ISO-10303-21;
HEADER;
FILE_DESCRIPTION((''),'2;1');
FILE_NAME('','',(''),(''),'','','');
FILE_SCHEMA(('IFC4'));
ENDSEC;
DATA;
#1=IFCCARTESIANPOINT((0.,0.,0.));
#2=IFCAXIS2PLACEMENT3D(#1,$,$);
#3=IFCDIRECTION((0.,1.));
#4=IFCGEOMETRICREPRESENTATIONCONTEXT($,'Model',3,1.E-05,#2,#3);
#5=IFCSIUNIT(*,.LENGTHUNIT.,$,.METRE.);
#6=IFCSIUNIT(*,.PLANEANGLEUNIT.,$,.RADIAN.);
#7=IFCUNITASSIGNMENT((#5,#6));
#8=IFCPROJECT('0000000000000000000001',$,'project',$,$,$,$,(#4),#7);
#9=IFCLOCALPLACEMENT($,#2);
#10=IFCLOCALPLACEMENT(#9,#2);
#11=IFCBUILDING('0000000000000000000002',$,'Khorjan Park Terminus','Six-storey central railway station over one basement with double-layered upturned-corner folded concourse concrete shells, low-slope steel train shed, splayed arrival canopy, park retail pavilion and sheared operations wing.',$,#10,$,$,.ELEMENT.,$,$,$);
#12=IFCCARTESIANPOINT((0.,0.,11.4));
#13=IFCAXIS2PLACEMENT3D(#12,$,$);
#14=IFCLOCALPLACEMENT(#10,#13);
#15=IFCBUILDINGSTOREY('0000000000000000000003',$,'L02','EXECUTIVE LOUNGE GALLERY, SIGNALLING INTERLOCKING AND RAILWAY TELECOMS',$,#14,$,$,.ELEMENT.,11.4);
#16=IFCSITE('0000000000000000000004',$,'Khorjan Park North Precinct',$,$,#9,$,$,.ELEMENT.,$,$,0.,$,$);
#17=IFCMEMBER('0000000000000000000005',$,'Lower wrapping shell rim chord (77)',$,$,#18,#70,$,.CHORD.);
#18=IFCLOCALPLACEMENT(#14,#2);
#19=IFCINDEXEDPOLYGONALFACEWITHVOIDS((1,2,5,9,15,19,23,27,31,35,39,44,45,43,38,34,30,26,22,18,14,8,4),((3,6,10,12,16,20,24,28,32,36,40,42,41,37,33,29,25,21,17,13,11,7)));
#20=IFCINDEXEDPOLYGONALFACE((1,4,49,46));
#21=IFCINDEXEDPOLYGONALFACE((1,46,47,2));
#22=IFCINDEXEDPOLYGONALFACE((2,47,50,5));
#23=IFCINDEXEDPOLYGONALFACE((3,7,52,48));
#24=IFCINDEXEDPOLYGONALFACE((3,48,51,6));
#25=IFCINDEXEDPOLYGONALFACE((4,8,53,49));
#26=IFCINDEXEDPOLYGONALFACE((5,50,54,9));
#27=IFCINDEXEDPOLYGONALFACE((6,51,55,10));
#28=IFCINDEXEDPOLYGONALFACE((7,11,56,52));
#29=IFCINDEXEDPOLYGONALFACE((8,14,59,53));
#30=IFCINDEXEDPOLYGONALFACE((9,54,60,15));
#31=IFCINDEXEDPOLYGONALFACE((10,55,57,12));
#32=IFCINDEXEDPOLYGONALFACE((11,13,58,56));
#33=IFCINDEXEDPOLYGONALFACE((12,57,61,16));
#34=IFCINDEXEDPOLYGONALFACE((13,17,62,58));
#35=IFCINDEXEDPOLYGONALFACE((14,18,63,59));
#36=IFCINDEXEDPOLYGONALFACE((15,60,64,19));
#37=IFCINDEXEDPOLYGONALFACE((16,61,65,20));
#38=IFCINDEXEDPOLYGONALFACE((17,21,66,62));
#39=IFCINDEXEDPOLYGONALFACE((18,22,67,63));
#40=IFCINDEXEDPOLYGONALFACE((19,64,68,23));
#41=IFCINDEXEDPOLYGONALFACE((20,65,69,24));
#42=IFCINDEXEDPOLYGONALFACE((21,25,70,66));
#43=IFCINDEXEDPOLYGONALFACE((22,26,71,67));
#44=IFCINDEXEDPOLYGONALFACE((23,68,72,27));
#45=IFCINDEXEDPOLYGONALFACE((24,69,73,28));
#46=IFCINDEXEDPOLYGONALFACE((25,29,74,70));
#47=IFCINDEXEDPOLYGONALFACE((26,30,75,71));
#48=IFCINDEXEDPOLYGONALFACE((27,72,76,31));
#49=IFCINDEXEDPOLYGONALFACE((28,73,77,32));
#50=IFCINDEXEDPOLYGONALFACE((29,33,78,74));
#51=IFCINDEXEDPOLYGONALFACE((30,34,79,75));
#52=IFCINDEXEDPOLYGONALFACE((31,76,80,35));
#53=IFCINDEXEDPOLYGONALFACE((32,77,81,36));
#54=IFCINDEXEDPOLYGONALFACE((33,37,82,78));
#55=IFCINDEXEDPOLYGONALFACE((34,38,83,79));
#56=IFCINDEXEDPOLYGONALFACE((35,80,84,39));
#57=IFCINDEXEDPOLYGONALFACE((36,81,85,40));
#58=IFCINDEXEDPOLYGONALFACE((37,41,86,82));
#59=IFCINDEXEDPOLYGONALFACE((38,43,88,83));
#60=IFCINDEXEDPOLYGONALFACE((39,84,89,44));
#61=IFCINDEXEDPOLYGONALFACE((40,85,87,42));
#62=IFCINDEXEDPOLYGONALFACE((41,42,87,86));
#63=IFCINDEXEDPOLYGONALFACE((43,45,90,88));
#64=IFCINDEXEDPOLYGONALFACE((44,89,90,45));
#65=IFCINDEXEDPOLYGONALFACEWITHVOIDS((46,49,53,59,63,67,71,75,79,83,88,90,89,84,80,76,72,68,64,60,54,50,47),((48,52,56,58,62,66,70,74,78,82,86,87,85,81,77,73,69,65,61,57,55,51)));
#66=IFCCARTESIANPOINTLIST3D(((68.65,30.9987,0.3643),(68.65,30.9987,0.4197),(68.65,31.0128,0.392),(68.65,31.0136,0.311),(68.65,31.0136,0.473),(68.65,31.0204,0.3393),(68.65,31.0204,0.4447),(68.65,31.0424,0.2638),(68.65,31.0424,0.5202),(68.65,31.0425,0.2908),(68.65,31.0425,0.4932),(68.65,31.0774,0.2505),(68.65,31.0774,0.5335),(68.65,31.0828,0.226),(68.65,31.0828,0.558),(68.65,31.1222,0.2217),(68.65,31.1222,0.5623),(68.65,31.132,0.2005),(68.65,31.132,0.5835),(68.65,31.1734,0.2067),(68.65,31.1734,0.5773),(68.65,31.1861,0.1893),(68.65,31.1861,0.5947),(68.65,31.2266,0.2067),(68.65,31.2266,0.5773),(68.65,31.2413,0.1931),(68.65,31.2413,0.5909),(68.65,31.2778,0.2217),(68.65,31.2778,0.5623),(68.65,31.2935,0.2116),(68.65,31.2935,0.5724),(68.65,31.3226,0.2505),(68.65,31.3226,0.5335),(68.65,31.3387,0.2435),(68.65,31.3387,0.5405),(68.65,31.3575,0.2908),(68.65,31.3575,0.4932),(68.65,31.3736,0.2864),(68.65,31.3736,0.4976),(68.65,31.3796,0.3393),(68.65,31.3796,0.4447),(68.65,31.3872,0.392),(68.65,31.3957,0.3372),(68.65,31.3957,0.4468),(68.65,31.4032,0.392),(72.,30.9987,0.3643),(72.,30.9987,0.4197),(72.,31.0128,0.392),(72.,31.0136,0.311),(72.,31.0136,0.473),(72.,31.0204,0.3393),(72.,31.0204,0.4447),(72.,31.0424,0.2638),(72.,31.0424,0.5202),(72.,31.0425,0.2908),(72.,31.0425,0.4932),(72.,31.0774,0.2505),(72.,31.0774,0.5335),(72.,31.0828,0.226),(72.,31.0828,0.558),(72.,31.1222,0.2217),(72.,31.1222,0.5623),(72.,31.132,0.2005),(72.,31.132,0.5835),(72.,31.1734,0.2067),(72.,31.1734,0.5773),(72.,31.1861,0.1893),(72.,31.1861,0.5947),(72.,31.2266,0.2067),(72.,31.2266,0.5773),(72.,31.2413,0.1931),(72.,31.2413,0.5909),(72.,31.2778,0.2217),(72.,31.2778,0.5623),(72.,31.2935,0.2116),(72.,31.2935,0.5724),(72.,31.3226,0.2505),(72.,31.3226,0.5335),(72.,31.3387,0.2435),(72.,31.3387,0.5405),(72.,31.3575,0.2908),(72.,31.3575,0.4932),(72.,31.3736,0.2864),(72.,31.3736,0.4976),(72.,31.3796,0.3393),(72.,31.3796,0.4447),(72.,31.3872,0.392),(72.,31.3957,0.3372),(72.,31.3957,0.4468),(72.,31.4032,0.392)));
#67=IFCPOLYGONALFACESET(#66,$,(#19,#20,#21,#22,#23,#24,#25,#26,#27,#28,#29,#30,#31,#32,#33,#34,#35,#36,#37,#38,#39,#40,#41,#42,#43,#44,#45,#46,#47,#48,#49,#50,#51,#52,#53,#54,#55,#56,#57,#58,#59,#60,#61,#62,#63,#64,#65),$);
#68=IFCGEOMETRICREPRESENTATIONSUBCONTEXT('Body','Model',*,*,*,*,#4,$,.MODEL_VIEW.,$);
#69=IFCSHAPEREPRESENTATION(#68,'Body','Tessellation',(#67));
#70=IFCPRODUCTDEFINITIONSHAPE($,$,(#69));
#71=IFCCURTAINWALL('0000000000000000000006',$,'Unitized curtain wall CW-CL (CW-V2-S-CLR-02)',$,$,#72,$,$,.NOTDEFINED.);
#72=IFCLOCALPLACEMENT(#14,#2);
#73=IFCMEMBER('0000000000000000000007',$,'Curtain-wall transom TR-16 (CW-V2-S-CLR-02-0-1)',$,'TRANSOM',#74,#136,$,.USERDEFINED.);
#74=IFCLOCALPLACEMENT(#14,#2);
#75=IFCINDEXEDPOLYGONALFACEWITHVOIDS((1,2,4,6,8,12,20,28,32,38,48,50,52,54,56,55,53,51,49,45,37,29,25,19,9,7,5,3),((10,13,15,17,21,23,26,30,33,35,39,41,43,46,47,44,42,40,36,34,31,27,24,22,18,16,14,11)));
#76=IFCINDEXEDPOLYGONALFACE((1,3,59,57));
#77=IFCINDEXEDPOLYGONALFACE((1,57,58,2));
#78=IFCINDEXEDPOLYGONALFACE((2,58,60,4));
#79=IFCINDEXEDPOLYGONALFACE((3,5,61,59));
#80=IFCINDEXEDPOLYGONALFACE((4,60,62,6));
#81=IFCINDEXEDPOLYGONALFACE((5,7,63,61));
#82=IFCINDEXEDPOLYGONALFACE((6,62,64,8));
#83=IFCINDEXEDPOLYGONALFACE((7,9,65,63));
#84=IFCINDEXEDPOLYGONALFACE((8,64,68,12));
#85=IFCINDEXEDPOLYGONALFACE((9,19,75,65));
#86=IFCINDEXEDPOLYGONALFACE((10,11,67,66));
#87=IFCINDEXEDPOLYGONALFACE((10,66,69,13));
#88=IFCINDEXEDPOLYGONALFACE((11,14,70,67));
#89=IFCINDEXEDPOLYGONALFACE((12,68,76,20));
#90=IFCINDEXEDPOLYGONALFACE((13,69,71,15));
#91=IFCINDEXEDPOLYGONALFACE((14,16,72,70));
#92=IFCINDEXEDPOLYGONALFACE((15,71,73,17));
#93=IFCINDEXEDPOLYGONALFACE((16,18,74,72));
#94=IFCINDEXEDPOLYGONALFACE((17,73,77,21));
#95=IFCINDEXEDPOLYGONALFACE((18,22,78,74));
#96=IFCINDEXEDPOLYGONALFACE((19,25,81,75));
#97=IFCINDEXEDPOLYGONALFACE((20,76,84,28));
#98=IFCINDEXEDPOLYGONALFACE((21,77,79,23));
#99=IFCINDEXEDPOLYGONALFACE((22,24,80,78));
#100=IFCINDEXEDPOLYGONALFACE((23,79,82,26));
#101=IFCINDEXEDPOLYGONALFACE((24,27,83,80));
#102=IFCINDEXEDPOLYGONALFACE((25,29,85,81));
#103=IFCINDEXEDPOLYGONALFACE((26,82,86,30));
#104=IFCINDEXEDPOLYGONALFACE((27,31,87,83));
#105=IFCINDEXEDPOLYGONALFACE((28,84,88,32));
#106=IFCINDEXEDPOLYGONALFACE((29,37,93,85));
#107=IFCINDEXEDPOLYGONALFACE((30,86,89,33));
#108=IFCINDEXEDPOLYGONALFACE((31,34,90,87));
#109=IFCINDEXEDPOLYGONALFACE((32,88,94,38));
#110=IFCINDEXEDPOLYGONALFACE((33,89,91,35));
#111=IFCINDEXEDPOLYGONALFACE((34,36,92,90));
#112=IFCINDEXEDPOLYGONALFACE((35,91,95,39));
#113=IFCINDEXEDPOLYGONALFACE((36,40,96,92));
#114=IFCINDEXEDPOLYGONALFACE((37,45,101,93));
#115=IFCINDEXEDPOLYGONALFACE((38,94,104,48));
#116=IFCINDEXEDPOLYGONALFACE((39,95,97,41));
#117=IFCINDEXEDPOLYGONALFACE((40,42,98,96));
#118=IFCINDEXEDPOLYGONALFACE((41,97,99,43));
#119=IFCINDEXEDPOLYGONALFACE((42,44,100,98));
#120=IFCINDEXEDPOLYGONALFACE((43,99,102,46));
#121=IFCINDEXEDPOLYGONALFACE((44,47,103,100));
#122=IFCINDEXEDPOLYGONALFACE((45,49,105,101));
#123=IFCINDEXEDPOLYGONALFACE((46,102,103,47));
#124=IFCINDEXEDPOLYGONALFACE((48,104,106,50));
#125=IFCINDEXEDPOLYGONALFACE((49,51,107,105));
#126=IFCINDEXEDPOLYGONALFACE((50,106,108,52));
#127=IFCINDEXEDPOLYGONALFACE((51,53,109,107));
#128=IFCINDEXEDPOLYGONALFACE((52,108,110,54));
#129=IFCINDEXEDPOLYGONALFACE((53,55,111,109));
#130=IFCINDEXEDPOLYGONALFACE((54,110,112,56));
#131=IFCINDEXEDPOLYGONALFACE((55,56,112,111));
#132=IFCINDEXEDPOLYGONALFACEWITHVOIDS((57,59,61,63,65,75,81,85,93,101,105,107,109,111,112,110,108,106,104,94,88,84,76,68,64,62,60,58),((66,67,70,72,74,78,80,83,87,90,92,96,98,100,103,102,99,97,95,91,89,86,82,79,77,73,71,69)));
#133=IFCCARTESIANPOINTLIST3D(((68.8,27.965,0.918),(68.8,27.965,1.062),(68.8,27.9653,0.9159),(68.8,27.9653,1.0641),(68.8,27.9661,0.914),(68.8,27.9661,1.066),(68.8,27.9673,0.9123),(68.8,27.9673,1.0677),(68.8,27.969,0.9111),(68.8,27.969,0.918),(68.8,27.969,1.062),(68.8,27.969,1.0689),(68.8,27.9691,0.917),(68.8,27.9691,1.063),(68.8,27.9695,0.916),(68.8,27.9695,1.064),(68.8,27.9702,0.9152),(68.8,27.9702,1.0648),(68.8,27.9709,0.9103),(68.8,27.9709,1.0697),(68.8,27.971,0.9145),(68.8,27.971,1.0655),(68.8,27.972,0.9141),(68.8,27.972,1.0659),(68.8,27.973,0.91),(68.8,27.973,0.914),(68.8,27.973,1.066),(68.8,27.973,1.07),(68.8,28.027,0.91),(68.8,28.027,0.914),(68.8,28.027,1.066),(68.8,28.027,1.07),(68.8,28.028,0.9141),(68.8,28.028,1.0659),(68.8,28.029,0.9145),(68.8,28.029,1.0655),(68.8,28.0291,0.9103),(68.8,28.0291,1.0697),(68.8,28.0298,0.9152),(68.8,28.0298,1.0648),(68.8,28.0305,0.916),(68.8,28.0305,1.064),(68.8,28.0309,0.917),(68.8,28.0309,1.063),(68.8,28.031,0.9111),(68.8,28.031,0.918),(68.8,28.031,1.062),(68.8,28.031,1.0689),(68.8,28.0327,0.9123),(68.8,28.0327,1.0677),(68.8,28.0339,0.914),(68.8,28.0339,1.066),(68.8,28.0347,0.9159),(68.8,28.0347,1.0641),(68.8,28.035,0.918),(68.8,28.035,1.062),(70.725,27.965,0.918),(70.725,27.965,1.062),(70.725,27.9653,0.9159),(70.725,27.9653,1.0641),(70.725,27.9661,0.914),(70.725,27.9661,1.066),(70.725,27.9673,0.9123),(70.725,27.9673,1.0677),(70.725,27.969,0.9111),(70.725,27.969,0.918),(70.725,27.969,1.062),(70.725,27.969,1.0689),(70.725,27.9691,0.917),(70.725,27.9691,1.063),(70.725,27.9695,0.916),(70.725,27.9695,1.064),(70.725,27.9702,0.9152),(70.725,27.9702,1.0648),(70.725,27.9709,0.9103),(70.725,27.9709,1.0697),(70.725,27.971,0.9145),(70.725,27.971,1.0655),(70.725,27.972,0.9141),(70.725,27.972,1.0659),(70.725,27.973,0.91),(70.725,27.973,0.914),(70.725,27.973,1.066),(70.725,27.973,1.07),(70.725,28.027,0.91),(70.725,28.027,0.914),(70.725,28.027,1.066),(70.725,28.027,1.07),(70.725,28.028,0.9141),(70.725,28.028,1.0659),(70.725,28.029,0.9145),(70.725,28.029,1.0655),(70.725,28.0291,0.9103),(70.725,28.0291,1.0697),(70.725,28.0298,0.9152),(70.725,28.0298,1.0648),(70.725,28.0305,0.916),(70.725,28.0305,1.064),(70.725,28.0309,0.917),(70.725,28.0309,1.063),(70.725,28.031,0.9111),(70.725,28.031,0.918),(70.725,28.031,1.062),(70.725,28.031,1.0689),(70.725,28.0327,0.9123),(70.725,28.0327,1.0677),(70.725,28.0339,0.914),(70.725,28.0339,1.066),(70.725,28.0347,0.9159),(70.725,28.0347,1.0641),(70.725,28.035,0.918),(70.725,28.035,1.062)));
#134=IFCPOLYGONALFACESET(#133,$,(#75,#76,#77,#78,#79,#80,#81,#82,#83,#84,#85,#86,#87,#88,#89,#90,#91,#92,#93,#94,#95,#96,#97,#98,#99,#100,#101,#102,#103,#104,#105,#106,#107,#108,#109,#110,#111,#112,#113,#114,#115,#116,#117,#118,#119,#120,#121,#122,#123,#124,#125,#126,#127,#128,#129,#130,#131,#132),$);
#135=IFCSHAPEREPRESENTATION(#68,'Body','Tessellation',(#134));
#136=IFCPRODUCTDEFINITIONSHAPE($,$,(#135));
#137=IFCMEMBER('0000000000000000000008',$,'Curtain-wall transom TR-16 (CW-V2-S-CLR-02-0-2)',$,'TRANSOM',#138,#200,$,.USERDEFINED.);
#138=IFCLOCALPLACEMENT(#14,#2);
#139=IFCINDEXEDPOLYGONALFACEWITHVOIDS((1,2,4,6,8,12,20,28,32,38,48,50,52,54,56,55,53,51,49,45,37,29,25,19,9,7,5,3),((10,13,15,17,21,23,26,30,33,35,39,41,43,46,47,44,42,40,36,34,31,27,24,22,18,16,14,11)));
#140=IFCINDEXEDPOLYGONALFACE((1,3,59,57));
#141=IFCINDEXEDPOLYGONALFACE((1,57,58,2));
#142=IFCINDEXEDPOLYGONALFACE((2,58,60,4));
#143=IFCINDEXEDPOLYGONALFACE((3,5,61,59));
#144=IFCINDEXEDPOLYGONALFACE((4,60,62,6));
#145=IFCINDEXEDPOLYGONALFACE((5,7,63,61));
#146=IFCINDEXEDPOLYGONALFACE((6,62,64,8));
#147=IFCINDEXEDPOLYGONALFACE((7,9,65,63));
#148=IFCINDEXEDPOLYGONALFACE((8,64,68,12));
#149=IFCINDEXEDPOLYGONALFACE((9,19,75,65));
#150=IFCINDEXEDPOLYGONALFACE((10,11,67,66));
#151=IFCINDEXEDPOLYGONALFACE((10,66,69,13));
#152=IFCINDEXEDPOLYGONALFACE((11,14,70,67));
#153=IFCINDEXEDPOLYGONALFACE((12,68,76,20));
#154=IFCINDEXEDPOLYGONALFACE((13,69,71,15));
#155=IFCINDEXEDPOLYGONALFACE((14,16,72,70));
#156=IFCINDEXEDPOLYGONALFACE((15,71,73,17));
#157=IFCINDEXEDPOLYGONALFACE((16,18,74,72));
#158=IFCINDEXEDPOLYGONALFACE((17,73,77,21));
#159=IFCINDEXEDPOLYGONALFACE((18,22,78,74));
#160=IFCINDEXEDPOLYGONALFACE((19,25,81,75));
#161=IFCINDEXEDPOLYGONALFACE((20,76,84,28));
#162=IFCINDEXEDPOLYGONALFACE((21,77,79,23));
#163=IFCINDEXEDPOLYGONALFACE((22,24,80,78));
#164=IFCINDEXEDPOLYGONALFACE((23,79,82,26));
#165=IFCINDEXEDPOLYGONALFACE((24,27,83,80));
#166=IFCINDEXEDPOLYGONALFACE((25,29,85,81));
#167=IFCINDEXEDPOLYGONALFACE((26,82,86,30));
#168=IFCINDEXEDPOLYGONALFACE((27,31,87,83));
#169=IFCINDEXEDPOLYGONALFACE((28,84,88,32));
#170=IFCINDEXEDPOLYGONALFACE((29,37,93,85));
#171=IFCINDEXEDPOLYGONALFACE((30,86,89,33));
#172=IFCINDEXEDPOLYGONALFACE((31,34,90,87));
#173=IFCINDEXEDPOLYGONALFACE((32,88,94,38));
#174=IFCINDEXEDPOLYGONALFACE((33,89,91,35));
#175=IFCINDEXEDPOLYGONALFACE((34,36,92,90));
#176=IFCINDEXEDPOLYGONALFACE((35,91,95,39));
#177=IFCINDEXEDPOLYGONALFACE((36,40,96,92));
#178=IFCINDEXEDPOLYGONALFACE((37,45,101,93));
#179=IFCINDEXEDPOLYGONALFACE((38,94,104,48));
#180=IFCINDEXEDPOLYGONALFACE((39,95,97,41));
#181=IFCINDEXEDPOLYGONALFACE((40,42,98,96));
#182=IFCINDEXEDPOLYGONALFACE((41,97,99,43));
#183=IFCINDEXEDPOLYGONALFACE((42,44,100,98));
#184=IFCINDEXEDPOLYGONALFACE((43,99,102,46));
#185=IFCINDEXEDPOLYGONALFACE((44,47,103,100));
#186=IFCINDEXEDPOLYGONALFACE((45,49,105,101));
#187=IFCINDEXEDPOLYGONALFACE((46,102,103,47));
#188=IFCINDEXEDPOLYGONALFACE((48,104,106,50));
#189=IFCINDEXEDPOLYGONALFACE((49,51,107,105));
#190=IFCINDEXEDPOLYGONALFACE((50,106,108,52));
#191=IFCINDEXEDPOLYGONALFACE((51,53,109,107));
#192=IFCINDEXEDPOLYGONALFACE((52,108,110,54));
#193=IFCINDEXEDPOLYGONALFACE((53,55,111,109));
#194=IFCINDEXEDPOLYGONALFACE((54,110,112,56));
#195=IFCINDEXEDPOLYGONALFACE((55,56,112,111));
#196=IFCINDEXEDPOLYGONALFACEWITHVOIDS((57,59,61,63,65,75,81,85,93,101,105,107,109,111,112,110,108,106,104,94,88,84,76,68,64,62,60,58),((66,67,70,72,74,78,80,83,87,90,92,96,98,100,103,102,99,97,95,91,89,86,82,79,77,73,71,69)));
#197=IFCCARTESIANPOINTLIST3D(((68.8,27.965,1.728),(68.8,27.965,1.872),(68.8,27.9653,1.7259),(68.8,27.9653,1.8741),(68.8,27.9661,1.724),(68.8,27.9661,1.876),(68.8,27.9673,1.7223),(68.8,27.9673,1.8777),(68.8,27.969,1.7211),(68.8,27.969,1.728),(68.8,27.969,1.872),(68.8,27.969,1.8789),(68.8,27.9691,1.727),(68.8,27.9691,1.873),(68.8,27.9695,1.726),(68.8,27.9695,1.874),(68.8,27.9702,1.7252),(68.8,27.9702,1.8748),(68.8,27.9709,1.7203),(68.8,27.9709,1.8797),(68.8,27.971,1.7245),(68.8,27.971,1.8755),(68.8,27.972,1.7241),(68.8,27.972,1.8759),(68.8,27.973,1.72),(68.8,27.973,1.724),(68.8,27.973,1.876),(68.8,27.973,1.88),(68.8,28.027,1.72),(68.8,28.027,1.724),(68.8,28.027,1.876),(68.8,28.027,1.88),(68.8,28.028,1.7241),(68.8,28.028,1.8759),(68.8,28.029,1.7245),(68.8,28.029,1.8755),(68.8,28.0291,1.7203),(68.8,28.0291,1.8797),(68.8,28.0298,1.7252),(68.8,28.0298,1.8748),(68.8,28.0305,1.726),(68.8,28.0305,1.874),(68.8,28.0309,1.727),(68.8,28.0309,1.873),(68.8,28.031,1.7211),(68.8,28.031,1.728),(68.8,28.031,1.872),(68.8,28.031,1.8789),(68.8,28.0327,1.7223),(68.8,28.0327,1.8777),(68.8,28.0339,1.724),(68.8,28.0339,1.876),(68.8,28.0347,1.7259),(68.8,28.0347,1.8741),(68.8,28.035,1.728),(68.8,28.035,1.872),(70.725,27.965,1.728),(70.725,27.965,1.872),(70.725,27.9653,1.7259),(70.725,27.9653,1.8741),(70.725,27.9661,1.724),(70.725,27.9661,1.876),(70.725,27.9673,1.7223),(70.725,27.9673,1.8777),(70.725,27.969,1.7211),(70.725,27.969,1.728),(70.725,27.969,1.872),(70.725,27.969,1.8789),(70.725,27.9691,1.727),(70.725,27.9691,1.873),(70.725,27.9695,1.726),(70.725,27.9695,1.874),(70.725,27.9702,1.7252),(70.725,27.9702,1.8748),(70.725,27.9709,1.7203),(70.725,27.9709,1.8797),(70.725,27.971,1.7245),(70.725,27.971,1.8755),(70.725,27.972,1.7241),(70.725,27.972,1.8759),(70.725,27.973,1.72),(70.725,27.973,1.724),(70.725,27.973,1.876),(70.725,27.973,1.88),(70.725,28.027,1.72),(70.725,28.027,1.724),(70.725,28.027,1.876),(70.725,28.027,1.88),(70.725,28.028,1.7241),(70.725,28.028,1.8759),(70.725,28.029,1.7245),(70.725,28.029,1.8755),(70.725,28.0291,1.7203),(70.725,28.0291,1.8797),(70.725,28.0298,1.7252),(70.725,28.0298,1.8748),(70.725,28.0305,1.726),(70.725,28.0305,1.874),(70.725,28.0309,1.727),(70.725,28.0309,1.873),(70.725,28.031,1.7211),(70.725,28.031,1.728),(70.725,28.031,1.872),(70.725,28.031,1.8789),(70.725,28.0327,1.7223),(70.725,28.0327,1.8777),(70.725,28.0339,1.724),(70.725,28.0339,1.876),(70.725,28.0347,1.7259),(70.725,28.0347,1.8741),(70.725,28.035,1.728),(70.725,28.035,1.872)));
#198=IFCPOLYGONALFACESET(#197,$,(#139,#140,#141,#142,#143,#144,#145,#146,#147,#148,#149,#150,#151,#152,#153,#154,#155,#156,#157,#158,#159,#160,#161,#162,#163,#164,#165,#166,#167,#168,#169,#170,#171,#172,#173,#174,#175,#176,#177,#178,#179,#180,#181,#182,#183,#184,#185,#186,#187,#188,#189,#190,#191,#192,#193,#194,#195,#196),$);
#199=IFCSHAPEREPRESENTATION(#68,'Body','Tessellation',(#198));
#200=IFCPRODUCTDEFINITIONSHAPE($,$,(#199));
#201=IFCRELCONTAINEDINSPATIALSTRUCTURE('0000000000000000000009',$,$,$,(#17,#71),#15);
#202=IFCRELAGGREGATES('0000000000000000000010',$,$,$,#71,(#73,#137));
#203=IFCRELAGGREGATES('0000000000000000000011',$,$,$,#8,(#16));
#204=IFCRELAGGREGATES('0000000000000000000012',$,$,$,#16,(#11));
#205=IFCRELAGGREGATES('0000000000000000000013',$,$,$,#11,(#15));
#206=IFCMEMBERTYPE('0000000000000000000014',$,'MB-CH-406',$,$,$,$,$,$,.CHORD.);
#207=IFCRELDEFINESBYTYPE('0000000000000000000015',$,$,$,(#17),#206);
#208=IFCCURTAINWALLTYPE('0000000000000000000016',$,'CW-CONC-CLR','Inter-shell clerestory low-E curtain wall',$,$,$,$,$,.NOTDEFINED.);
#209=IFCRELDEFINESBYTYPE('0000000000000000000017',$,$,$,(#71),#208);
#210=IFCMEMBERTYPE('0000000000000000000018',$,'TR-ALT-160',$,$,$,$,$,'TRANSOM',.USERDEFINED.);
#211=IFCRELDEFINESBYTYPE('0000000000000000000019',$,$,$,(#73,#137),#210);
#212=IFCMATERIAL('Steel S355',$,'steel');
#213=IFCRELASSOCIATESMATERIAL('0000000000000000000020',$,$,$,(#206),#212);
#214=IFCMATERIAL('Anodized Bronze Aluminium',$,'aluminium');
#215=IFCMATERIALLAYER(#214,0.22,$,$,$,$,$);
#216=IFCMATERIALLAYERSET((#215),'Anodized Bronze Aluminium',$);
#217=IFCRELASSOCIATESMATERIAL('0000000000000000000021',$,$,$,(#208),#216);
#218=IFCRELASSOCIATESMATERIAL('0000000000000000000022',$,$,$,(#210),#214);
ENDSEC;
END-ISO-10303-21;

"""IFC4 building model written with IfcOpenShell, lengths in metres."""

from ifc_helpers import new_model, si_unit, direction, frame, origin, origin_2d, place, context, subcontext, project, spatial, hollow_rectangle, hollow_circle, extrude, material, layer, layer_set, material_profile, profile_set, type_object, element, aggregate, save


model = new_model("IFC4")

# Units and contexts
model_context = context("Model", 3, precision=1e-05, world=origin(), true_north=direction((0.0, 1.0)))
body_context = subcontext(model_context, "Body", "Model", "MODEL_VIEW")
ifc_project = project(units=[si_unit("LENGTHUNIT", "METRE"), si_unit("PLANEANGLEUNIT", "RADIAN")], contexts=[model_context])

# Site, building, storey
site_placement = place(None, origin())
site = spatial("IfcSite", under=ifc_project, at=site_placement, Name="Khorjan Park North Precinct", CompositionType="ELEMENT", RefElevation=0.0)
building_placement = place(site_placement, origin())
building = spatial("IfcBuilding", under=site, at=building_placement, Name="Khorjan Park Terminus", Description="Six-storey central railway station over one basement with double-layered upturned-corner folded concourse concrete shells, low-slope steel train shed, splayed arrival canopy, park retail pavilion and sheared operations wing.", CompositionType="ELEMENT")
storey_placement = place(building_placement, frame((0.0, 0.0, 11.4)))
storey = spatial("IfcBuildingStorey", under=building, at=storey_placement, Name="L02", Description="EXECUTIVE LOUNGE GALLERY, SIGNALLING INTERLOCKING AND RAILWAY TELECOMS", CompositionType="ELEMENT", Elevation=11.4)

# Member
ifc_material_1 = material(Name="Steel S355", Category="steel")
ifc_material_profile_1 = material_profile(ifc_material_1, hollow_circle(Radius=0.2032, WallThickness=0.016, at=origin_2d()), Name="CHS 406.4x16")
ifc_profile_set_1 = profile_set([ifc_material_profile_1], Name="Steel S355")
member_type_1 = type_object("IfcMemberType", Name="MB-CH-406", PredefinedType="CHORD", material=ifc_profile_set_1)
member_1_placement = place(storey_placement, frame((68.65, 31.2, 0.392), z_axis=(1.0, 0.0, 0.0), x_axis=(0.0, 1.0, 0.0)))
element("IfcMember", 1, at=member_1_placement, inside=storey, type_object=member_type_1, Name="Lower wrapping shell rim chord (77)", PredefinedType="CHORD", context=body_context, shape_type="SweptSolid", body=[
    extrude(hollow_circle(Radius=0.2032, WallThickness=0.016, at=origin_2d()), origin(), (0.0, 0.0, 1.0), 3.35),
])

# Curtain wall, members
ifc_material_2 = material(Name="Anodized Bronze Aluminium", Category="aluminium")
ifc_layer_1 = layer(ifc_material_2, 0.22)
ifc_layer_set_1 = layer_set([ifc_layer_1], Name="Anodized Bronze Aluminium")
curtain_wall_type = type_object("IfcCurtainWallType", Name="CW-CONC-CLR", Description="Inter-shell clerestory low-E curtain wall", PredefinedType="NOTDEFINED", material=ifc_layer_set_1)
curtain_wall_placement = place(storey_placement, origin())
curtain_wall = element("IfcCurtainWall", 2, at=curtain_wall_placement, inside=storey, type_object=curtain_wall_type, Name="Unitized curtain wall CW-CL (CW-V2-S-CLR-02)", PredefinedType="NOTDEFINED")
ifc_material_profile_2 = material_profile(ifc_material_2, hollow_rectangle(XDim=0.07, YDim=0.16, WallThickness=0.004, InnerFilletRadius=0.004, OuterFilletRadius=0.008, at=origin_2d()), Name="ALT 70x160x4")
ifc_profile_set_2 = profile_set([ifc_material_profile_2], Name="Anodized Bronze Aluminium")
member_type_2 = type_object("IfcMemberType", Name="TR-ALT-160", ElementType="TRANSOM", PredefinedType="USERDEFINED", material=ifc_profile_set_2)
member_2_placement = place(storey_placement, frame((68.8, 28.0, 0.99), z_axis=(1.0, 0.0, 0.0), x_axis=(0.0, 1.0, 0.0)))
member_2 = element("IfcMember", 3, at=member_2_placement, type_object=member_type_2, Name="Curtain-wall transom TR-16 (CW-V2-S-CLR-02-0-1)", ObjectType="TRANSOM", PredefinedType="USERDEFINED", context=body_context, shape_type="SweptSolid", body=[
    extrude(hollow_rectangle(XDim=0.07, YDim=0.16, WallThickness=0.004, InnerFilletRadius=0.004, OuterFilletRadius=0.008, at=origin_2d()), origin(), (0.0, 0.0, 1.0), 1.925),
])
member_3_placement = place(storey_placement, frame((68.8, 28.0, 1.8), z_axis=(1.0, 0.0, 0.0), x_axis=(0.0, 1.0, 0.0)))
member_3 = element("IfcMember", 4, at=member_3_placement, type_object=member_type_2, Name="Curtain-wall transom TR-16 (CW-V2-S-CLR-02-0-2)", ObjectType="TRANSOM", PredefinedType="USERDEFINED", context=body_context, shape_type="SweptSolid", body=[
    extrude(hollow_rectangle(XDim=0.07, YDim=0.16, WallThickness=0.004, InnerFilletRadius=0.004, OuterFilletRadius=0.008, at=origin_2d()), origin(), (0.0, 0.0, 1.0), 1.925),
])
aggregate(curtain_wall, [member_2, member_3])

save(model, "model.ifc")
